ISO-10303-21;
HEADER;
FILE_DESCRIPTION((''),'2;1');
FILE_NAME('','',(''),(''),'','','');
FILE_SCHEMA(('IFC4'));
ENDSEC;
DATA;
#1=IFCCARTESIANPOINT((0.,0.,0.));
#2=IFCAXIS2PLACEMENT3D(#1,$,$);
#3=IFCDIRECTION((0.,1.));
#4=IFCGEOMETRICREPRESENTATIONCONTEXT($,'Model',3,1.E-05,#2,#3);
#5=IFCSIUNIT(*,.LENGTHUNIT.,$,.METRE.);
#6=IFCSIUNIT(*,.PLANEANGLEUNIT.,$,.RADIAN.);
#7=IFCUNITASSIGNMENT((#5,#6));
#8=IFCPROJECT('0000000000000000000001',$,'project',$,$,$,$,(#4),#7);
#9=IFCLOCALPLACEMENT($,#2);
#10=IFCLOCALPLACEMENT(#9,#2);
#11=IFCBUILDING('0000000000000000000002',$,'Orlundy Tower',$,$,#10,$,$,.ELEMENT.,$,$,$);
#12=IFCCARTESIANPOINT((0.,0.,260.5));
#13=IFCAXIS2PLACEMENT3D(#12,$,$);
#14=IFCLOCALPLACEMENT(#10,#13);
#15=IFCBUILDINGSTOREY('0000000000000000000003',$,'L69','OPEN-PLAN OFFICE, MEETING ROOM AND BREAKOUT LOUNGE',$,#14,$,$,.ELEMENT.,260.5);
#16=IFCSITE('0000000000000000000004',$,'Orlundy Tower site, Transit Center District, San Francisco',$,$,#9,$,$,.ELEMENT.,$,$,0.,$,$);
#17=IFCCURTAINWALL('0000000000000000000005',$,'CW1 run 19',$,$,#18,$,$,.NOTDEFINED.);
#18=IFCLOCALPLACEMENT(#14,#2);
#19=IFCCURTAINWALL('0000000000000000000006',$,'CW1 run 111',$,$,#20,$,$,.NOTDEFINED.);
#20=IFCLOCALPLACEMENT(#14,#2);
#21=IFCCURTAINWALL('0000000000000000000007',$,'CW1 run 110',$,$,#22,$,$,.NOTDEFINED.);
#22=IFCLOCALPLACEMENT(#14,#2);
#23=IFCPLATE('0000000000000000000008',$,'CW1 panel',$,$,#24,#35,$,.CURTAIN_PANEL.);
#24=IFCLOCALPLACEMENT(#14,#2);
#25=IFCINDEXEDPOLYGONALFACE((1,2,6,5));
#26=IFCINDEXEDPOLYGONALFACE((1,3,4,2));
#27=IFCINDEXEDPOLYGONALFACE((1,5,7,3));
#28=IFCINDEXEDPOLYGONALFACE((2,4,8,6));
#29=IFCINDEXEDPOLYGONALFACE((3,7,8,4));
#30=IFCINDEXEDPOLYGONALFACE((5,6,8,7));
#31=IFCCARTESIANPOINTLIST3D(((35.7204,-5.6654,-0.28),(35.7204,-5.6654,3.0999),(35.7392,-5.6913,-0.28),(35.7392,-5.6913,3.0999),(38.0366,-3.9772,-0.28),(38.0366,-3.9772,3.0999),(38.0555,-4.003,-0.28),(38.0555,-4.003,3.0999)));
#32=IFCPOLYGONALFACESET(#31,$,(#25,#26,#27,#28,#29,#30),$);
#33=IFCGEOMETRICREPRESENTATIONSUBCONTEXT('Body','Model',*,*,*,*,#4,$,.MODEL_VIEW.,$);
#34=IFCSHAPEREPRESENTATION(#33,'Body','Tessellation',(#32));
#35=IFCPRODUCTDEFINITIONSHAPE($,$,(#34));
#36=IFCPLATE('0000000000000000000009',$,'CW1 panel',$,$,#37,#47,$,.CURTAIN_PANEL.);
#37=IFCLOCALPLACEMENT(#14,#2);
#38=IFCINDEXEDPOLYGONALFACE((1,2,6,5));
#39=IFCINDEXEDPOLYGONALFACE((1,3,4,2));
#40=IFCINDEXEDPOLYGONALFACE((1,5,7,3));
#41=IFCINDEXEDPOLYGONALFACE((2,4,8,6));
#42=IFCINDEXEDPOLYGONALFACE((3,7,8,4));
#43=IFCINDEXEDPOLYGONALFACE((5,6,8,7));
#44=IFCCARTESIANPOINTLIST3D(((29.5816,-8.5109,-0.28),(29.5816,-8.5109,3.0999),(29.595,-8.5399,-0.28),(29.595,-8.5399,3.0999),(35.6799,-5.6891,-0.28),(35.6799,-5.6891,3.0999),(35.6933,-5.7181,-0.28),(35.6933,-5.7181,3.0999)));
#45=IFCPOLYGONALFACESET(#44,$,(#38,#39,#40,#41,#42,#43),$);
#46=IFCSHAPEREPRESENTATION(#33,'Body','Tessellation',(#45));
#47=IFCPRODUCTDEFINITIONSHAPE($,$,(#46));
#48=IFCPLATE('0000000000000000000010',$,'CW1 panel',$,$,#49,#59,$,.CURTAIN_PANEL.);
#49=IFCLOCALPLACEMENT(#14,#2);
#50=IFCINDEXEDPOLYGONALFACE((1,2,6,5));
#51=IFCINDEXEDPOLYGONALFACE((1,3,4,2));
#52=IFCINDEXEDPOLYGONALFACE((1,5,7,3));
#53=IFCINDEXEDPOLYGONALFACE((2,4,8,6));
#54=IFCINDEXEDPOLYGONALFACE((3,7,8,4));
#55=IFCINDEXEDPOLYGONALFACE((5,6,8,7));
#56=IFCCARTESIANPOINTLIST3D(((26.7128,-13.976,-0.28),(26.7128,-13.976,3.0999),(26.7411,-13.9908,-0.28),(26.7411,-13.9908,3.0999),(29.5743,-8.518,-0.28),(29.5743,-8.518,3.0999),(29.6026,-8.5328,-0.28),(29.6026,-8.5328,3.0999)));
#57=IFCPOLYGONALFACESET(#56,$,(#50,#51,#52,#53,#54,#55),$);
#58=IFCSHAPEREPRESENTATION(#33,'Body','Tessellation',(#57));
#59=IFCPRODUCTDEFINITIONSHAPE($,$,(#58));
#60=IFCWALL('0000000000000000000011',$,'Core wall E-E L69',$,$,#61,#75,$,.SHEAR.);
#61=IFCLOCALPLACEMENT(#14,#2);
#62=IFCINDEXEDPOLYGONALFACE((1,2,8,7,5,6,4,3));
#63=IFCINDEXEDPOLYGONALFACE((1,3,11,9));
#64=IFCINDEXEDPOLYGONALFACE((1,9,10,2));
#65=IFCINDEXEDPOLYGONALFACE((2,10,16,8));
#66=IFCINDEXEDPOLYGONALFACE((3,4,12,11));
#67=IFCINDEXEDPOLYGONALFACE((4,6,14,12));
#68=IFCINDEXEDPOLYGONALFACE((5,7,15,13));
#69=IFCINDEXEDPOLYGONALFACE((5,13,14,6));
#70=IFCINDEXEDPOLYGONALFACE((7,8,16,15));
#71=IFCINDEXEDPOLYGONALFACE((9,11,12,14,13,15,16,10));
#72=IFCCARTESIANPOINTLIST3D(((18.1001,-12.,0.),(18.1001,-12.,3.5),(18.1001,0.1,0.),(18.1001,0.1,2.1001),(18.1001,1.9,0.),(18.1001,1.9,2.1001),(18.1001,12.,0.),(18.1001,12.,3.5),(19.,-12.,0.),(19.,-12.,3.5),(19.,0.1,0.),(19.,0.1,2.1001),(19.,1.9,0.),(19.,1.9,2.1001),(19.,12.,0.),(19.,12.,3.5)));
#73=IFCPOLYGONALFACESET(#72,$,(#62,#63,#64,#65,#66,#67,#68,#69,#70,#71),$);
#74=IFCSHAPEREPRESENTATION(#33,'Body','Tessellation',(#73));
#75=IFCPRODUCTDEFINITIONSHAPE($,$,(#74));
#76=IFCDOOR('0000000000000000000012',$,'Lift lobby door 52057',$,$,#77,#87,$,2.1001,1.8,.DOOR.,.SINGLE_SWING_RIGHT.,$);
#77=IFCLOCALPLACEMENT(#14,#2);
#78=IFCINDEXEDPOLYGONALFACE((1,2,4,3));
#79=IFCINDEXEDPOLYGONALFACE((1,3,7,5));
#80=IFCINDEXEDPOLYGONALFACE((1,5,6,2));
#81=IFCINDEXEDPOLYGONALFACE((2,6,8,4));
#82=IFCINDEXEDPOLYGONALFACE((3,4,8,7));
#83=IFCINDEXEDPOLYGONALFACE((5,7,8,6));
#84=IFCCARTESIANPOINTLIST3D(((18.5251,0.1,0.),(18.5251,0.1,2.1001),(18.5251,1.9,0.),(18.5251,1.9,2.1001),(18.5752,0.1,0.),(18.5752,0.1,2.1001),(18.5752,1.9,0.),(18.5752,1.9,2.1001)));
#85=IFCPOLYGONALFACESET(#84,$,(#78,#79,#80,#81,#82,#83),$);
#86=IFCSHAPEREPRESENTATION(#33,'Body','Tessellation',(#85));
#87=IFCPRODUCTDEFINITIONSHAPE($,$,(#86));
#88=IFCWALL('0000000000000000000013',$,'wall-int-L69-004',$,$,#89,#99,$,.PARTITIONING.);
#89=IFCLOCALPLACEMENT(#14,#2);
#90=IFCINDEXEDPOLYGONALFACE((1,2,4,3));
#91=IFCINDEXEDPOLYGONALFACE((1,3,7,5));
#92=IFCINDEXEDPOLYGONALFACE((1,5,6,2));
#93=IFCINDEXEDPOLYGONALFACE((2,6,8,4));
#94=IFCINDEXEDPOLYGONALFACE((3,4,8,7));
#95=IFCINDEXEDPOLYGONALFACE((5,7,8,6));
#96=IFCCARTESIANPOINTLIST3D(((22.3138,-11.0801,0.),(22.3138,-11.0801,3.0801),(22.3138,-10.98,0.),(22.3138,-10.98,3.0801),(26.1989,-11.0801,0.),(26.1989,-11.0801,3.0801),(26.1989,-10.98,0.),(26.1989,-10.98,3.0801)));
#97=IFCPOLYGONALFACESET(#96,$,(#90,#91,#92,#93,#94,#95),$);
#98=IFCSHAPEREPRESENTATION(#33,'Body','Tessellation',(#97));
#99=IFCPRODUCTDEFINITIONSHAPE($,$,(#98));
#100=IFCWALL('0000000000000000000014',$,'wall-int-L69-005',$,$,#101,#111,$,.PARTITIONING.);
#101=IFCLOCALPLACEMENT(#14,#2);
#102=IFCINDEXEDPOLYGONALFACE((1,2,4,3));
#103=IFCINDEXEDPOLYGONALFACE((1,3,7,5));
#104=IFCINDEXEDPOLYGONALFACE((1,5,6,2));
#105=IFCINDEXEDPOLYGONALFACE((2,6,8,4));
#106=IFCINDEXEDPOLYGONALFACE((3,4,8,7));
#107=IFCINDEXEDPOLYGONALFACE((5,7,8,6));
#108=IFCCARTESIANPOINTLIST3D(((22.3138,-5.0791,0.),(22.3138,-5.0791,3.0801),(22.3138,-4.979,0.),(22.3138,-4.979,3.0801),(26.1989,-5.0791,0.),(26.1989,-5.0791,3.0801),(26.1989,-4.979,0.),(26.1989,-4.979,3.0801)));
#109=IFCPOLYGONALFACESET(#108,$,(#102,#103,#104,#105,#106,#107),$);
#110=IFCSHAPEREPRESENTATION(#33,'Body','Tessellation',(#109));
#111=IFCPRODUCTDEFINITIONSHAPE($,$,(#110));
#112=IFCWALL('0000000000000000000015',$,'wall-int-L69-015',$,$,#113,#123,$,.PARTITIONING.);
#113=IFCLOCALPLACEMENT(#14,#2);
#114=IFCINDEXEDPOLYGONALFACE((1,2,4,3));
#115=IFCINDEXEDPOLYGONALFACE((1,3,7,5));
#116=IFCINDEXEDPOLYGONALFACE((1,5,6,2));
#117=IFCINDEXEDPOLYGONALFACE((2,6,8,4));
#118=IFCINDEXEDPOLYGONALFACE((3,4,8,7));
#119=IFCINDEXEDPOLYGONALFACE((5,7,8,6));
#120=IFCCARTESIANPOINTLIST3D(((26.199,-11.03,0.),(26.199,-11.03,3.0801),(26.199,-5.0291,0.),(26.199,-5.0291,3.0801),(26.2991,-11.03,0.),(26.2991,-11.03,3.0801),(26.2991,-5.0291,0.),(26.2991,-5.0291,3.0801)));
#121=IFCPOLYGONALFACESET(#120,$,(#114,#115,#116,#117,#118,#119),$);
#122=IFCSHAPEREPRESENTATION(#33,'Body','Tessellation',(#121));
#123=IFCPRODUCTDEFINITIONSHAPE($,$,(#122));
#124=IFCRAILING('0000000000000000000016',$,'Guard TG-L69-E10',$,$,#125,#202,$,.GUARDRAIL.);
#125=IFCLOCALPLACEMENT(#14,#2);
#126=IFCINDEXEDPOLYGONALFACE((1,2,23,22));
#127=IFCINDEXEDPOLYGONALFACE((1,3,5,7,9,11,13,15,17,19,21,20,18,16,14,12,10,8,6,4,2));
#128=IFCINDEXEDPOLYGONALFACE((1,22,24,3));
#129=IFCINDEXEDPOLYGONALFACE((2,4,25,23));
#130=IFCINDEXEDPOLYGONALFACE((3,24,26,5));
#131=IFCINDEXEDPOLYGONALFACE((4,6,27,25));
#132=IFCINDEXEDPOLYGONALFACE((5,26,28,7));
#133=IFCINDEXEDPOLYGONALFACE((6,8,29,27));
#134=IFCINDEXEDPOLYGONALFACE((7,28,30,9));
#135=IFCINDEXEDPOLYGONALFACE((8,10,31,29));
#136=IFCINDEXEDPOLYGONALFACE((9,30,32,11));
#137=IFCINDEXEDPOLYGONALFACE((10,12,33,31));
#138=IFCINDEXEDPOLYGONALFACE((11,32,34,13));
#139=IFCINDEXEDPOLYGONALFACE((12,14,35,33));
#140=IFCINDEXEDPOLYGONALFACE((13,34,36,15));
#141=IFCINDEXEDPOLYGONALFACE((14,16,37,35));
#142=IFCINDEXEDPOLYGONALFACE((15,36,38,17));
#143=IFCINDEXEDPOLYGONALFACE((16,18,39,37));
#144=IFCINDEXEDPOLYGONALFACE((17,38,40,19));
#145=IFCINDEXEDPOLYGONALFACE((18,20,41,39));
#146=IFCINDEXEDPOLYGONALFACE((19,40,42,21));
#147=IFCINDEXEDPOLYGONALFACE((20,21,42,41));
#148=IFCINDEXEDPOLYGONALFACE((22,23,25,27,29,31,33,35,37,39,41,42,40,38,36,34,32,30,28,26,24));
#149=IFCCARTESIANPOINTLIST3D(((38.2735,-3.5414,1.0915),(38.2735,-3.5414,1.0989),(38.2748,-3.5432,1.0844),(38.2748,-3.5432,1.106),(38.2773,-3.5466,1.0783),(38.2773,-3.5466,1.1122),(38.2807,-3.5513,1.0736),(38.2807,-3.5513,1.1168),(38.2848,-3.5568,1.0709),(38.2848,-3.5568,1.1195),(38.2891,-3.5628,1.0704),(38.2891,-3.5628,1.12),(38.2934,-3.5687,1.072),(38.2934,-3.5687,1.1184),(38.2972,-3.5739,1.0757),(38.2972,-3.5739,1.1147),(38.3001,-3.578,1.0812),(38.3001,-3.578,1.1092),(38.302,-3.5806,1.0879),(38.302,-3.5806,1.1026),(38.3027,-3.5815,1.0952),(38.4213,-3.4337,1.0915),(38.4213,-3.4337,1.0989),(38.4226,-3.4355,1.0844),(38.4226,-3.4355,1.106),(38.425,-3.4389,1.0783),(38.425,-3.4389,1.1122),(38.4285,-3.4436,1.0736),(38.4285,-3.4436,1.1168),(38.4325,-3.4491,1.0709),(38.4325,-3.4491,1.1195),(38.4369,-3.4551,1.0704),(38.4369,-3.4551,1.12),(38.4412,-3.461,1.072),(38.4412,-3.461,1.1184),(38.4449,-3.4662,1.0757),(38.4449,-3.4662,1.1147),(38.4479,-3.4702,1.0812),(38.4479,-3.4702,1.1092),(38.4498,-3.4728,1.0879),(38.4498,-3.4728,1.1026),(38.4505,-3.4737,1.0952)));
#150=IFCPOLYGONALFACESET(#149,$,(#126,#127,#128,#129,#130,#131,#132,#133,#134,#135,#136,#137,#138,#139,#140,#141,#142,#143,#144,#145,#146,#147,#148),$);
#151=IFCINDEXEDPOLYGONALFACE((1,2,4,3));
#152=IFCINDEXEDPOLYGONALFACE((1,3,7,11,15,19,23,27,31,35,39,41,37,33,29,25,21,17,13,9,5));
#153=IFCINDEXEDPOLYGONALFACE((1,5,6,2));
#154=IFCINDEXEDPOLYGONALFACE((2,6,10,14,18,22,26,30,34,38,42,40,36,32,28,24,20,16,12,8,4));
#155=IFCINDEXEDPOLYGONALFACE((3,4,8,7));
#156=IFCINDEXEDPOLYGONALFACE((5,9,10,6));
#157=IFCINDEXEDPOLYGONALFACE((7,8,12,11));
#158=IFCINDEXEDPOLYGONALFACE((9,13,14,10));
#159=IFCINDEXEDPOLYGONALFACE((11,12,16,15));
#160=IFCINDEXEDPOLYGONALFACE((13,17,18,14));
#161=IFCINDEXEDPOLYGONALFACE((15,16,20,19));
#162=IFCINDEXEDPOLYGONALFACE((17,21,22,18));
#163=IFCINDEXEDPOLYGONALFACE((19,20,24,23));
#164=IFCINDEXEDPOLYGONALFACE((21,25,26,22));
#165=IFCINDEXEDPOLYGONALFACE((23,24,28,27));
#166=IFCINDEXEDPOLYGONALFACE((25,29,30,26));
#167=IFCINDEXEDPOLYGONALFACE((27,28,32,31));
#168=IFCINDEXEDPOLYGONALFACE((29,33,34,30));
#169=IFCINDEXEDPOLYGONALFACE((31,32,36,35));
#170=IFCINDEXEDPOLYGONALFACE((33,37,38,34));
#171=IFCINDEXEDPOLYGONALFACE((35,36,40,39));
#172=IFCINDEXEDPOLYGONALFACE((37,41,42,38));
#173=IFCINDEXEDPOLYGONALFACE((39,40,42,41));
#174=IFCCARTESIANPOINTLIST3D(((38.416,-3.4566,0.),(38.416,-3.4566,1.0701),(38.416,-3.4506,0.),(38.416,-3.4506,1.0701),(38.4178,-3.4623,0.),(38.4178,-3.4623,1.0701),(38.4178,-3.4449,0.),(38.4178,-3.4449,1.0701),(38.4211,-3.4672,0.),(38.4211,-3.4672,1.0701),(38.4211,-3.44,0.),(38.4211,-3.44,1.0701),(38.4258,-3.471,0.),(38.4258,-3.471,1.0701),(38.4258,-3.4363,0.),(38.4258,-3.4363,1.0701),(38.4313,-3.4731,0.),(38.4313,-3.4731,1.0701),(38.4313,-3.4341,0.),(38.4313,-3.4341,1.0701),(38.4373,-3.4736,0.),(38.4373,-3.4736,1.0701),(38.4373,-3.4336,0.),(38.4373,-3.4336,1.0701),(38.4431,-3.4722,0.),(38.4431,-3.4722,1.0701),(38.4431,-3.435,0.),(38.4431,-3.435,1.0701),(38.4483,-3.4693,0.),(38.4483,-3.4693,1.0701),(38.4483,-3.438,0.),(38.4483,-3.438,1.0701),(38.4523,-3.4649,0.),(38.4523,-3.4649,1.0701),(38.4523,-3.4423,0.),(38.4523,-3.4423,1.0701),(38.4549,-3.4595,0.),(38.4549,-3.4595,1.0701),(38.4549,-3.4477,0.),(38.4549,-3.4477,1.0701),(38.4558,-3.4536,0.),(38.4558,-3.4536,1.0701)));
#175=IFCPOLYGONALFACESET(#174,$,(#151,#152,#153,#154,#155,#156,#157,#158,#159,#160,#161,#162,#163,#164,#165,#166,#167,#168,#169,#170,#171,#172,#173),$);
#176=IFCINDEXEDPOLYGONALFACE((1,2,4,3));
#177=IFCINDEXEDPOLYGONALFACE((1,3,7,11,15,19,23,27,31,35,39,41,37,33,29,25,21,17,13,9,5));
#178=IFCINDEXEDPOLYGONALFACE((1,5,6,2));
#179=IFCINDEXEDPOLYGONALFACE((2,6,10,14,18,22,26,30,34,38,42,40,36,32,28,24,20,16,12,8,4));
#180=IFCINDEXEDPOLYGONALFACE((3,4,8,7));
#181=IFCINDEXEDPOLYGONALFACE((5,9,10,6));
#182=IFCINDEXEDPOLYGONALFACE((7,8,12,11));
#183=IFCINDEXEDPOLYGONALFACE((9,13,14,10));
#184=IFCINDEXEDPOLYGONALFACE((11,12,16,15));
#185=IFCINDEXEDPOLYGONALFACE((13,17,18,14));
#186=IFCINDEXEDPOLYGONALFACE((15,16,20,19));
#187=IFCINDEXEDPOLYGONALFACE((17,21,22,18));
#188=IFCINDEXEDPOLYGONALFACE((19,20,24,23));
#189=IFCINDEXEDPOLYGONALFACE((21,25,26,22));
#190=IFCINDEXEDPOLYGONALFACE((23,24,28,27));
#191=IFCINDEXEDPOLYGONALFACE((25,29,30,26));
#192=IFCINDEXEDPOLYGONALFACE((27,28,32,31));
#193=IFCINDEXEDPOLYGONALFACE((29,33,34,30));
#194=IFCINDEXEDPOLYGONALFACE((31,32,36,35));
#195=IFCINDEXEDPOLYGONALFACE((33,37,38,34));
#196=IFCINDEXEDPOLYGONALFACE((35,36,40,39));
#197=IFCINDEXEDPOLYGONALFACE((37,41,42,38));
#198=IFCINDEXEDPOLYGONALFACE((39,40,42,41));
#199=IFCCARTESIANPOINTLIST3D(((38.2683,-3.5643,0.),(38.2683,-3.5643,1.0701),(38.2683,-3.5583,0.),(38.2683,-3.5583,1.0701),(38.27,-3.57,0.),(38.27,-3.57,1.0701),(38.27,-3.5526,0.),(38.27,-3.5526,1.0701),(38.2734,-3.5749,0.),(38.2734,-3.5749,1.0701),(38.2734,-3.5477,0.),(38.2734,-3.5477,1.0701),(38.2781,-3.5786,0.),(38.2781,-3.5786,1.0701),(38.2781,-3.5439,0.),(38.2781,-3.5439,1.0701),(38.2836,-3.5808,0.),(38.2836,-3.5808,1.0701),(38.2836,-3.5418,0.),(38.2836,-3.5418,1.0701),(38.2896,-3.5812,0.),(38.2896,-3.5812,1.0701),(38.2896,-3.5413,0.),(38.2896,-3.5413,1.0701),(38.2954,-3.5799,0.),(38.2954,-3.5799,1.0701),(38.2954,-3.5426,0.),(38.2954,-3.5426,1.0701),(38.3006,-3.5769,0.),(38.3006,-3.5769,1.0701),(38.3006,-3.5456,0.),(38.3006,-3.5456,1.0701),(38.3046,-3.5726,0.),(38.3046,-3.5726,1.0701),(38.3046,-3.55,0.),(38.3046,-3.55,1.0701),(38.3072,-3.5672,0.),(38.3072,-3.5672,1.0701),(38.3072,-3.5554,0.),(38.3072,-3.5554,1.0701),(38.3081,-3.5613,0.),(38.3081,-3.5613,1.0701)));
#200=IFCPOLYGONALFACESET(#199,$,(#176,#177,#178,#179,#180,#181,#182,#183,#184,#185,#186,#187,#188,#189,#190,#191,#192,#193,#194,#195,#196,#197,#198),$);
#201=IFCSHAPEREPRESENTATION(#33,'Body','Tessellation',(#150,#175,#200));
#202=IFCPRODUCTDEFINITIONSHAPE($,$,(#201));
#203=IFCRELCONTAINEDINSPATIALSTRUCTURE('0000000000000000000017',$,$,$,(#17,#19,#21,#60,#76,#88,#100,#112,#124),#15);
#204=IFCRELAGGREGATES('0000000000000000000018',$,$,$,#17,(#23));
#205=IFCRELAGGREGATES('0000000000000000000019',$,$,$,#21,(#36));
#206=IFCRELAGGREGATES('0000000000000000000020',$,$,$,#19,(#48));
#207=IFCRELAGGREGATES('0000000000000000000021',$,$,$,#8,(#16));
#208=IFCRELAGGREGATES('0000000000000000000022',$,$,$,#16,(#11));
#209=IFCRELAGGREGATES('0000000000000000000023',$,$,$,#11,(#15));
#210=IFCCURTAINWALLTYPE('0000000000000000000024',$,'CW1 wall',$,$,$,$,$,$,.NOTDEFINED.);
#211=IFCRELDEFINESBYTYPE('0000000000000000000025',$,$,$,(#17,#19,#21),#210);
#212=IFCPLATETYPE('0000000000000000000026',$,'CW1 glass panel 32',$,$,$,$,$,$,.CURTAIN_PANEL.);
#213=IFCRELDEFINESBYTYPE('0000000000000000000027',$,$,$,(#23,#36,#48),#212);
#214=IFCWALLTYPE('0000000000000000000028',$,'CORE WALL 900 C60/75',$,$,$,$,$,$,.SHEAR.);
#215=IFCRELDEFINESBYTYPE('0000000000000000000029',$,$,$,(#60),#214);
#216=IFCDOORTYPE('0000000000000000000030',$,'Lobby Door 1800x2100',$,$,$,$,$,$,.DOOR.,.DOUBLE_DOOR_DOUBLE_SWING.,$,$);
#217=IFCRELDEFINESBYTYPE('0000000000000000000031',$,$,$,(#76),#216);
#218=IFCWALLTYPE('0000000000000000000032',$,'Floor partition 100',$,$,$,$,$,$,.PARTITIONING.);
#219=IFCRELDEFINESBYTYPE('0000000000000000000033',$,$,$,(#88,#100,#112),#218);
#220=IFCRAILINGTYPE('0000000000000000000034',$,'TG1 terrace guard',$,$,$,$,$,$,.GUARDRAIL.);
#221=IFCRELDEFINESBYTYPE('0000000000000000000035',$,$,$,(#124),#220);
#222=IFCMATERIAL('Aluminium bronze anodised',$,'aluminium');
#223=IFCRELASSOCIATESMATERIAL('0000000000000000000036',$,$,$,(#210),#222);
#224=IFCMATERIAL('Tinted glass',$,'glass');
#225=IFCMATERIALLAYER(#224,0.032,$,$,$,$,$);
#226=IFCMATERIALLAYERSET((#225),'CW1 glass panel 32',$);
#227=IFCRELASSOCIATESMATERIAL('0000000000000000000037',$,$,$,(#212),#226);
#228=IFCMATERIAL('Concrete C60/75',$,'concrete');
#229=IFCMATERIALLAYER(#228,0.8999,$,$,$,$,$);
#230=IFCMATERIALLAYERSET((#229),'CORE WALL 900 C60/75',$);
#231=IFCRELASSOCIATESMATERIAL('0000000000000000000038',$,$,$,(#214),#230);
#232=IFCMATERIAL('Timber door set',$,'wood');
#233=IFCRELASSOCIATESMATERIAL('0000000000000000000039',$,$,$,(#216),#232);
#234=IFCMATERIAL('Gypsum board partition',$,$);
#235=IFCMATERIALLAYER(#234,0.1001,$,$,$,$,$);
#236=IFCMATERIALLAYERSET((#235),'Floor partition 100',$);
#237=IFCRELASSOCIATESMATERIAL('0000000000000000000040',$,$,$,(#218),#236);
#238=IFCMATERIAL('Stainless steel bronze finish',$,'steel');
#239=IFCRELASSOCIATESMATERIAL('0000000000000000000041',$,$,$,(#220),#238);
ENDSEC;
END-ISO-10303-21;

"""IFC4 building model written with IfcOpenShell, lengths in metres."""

from ifc_helpers import new_model, si_unit, direction, frame, frame_2d, origin, origin_2d, place, context, subcontext, project, spatial, rectangle, circle, extrude, material, layer, layer_set, type_object, element, fill, aggregate, save


model = new_model("IFC4")

# Units and contexts
model_context = context("Model", 3, precision=1e-05, world=origin(), true_north=direction((0.0, 1.0)))
body_context = subcontext(model_context, "Body", "Model", "MODEL_VIEW")
ifc_project = project(units=[si_unit("LENGTHUNIT", "METRE"), si_unit("PLANEANGLEUNIT", "RADIAN")], contexts=[model_context])

# Site, building, storey
site_placement = place(None, origin())
site = spatial("IfcSite", under=ifc_project, at=site_placement, Name="Orlundy Tower site, Transit Center District, San Francisco", CompositionType="ELEMENT", RefElevation=0.0)
building_placement = place(site_placement, origin())
building = spatial("IfcBuilding", under=site, at=building_placement, Name="Orlundy Tower", CompositionType="ELEMENT")
storey_placement = place(building_placement, frame((0.0, 0.0, 260.5)))
storey = spatial("IfcBuildingStorey", under=building, at=storey_placement, Name="L69", Description="OPEN-PLAN OFFICE, MEETING ROOM AND BREAKOUT LOUNGE", CompositionType="ELEMENT", Elevation=260.5)

# Curtain walls
ifc_material_1 = material(Name="Aluminium bronze anodised", Category="aluminium")
curtain_wall_type = type_object("IfcCurtainWallType", Name="CW1 wall", PredefinedType="NOTDEFINED", material=ifc_material_1)
curtain_wall_1_placement = place(storey_placement, origin())
curtain_wall_1 = element("IfcCurtainWall", 1, at=curtain_wall_1_placement, inside=storey, type_object=curtain_wall_type, Name="CW1 run 19", PredefinedType="NOTDEFINED")
curtain_wall_2_placement = place(storey_placement, origin())
curtain_wall_2 = element("IfcCurtainWall", 2, at=curtain_wall_2_placement, inside=storey, type_object=curtain_wall_type, Name="CW1 run 111", PredefinedType="NOTDEFINED")
curtain_wall_3_placement = place(storey_placement, origin())
curtain_wall_3 = element("IfcCurtainWall", 3, at=curtain_wall_3_placement, inside=storey, type_object=curtain_wall_type, Name="CW1 run 110", PredefinedType="NOTDEFINED")

# Plates
ifc_material_2 = material(Name="Tinted glass", Category="glass")
ifc_layer_1 = layer(ifc_material_2, 0.032)
ifc_layer_set_1 = layer_set([ifc_layer_1], Name="CW1 glass panel 32")
plate_type = type_object("IfcPlateType", Name="CW1 glass panel 32", PredefinedType="CURTAIN_PANEL", material=ifc_layer_set_1)
plate_1_placement = place(storey_placement, frame((36.8879, -4.8342, -0.28), z_axis=(0.0, 0.0, 1.0), x_axis=(-0.808117, -0.589022, 0.0)))
plate_1 = element("IfcPlate", 4, at=plate_1_placement, type_object=plate_type, Name="CW1 panel", PredefinedType="CURTAIN_PANEL", context=body_context, shape_type="SweptSolid", body=[
    extrude(rectangle(XDim=2.8662, YDim=0.032, at=origin_2d()), origin(), (0.0, 0.0, 1.0), 3.3799),
])
aggregate(curtain_wall_1, [plate_1])
plate_2_placement = place(storey_placement, frame((32.6375, -7.1145, -0.28), z_axis=(0.0, 0.0, 1.0), x_axis=(-0.907549, -0.419946, 0.0)))
plate_2 = element("IfcPlate", 5, at=plate_2_placement, type_object=plate_type, Name="CW1 panel", PredefinedType="CURTAIN_PANEL", context=body_context, shape_type="SweptSolid", body=[
    extrude(rectangle(XDim=6.7195, YDim=0.032, at=origin_2d()), origin(), (0.0, 0.0, 1.0), 3.3799),
])
aggregate(curtain_wall_3, [plate_2])
plate_3_placement = place(storey_placement, frame((28.1577, -11.2544, -0.28), z_axis=(0.0, 0.0, 1.0), x_axis=(-0.464333, -0.885661, 0.0)))
plate_3 = element("IfcPlate", 6, at=plate_3_placement, type_object=plate_type, Name="CW1 panel", PredefinedType="CURTAIN_PANEL", context=body_context, shape_type="SweptSolid", body=[
    extrude(rectangle(XDim=6.1626, YDim=0.032, at=origin_2d()), origin(), (0.0, 0.0, 1.0), 3.3799),
])
aggregate(curtain_wall_2, [plate_3])

# Wall, opening, door
ifc_material_3 = material(Name="Concrete C60/75", Category="concrete")
ifc_layer_2 = layer(ifc_material_3, 0.8999)
ifc_layer_set_2 = layer_set([ifc_layer_2], Name="CORE WALL 900 C60/75")
wall_type_1 = type_object("IfcWallType", Name="CORE WALL 900 C60/75", PredefinedType="SHEAR", material=ifc_layer_set_2)
wall_1_placement = place(storey_placement, frame((18.55, -12.0, 0.0), z_axis=(0.0, 0.0, 1.0), x_axis=(0.0, 1.0, 0.0)))
wall_1 = element("IfcWall", 7, at=wall_1_placement, inside=storey, type_object=wall_type_1, Name="Core wall E-E L69", PredefinedType="SHEAR", context=body_context, shape_type="SweptSolid", body=[
    extrude(rectangle(XDim=24.0, YDim=0.8999, at=frame_2d((12.0, 0.0))), origin(), (0.0, 0.0, 1.0), 3.5),
])
opening_placement = place(wall_1_placement, frame((12.1001, 0.0, 0.0)))
opening = element("IfcOpeningElement", 8, at=opening_placement, cuts=wall_1, PredefinedType="OPENING", context=body_context, shape_type="SweptSolid", body=[
    extrude(rectangle(XDim=1.8, YDim=2.1001, at=frame_2d((0.8999, 1.05))), frame((0.0, 0.46, 0.0), z_axis=(0.0, -1.0, 0.0), x_axis=(1.0, 0.0, 0.0)), (0.0, 0.0, 1.0), 0.9199),
])
ifc_material_4 = material(Name="Timber door set", Category="wood")
door_type = type_object("IfcDoorType", Name="Lobby Door 1800x2100", OperationType="DOUBLE_DOOR_DOUBLE_SWING", PredefinedType="DOOR", material=ifc_material_4)
door_placement = place(opening_placement, origin())
door = element("IfcDoor", 9, at=door_placement, inside=storey, type_object=door_type, Name="Lift lobby door 52057", OperationType="SINGLE_SWING_RIGHT", OverallHeight=2.1001, OverallWidth=1.8, PredefinedType="DOOR", context=body_context, shape_type="SweptSolid", body=[
    extrude(rectangle(XDim=1.8, YDim=2.1001, at=frame_2d((0.8999, 1.05))), frame((0.0, 0.0249, 0.0), z_axis=(0.0, -1.0, 0.0), x_axis=(1.0, 0.0, 0.0)), (0.0, 0.0, 1.0), 0.05),
])
fill(opening, door)

# Walls
ifc_material_5 = material(Name="Gypsum board partition")
ifc_layer_3 = layer(ifc_material_5, 0.1001)
ifc_layer_set_3 = layer_set([ifc_layer_3], Name="Floor partition 100")
wall_type_2 = type_object("IfcWallType", Name="Floor partition 100", PredefinedType="PARTITIONING", material=ifc_layer_set_3)
for number, where, z_axis, x_axis, name in (
    (10, (22.314, -11.03, 0.0), (0.0, 0.0, 1.0), (1.0, 0.0, 0.0), "wall-int-L69-004"),
    (11, (22.314, -5.0291, 0.0), (0.0, 0.0, 1.0), (1.0, 0.0, 0.0), "wall-int-L69-005"),
):
    element("IfcWall", number, at=place(storey_placement, frame(where, z_axis=z_axis, x_axis=x_axis)), inside=storey, type_object=wall_type_2, Name=name, PredefinedType="PARTITIONING", context=body_context, shape_type="SweptSolid", body=[
        extrude(rectangle(XDim=3.885, YDim=0.1001, at=frame_2d((1.9424, 0.0))), origin(), (0.0, 0.0, 1.0), 3.0801),
    ])
wall_2_placement = place(storey_placement, frame((26.249, -11.03, 0.0), z_axis=(0.0, 0.0, 1.0), x_axis=(0.0, 1.0, 0.0)))
element("IfcWall", 12, at=wall_2_placement, inside=storey, type_object=wall_type_2, Name="wall-int-L69-015", PredefinedType="PARTITIONING", context=body_context, shape_type="SweptSolid", body=[
    extrude(rectangle(XDim=6.001, YDim=0.1001, at=frame_2d((3.0005, 0.0))), origin(), (0.0, 0.0, 1.0), 3.0801),
])

# Railing
ifc_material_6 = material(Name="Stainless steel bronze finish", Category="steel")
railing_type = type_object("IfcRailingType", Name="TG1 terrace guard", PredefinedType="GUARDRAIL", material=ifc_material_6)
railing_placement = place(storey_placement, frame((38.4358, -3.4536, 0.0)))
element("IfcRailing", 13, at=railing_placement, inside=storey, type_object=railing_type, Name="Guard TG-L69-E10", PredefinedType="GUARDRAIL", context=body_context, shape_type="SweptSolid", body=[
    extrude(circle(Radius=0.0249, at=origin_2d()), frame((0.0, 0.0, 1.0952), z_axis=(-0.8081, -0.589045, 0.0), x_axis=(0.589045, -0.8081, 0.0)), (0.0, 0.0, 1.0), 0.1829),
    extrude(circle(Radius=0.02, at=origin_2d()), origin(), (0.0, 0.0, 1.0), 1.0701),
    extrude(circle(Radius=0.02, at=origin_2d()), frame((-0.1477, -0.1077, 0.0)), (0.0, 0.0, 1.0), 1.0701),
])

save(model, "model.ifc")
